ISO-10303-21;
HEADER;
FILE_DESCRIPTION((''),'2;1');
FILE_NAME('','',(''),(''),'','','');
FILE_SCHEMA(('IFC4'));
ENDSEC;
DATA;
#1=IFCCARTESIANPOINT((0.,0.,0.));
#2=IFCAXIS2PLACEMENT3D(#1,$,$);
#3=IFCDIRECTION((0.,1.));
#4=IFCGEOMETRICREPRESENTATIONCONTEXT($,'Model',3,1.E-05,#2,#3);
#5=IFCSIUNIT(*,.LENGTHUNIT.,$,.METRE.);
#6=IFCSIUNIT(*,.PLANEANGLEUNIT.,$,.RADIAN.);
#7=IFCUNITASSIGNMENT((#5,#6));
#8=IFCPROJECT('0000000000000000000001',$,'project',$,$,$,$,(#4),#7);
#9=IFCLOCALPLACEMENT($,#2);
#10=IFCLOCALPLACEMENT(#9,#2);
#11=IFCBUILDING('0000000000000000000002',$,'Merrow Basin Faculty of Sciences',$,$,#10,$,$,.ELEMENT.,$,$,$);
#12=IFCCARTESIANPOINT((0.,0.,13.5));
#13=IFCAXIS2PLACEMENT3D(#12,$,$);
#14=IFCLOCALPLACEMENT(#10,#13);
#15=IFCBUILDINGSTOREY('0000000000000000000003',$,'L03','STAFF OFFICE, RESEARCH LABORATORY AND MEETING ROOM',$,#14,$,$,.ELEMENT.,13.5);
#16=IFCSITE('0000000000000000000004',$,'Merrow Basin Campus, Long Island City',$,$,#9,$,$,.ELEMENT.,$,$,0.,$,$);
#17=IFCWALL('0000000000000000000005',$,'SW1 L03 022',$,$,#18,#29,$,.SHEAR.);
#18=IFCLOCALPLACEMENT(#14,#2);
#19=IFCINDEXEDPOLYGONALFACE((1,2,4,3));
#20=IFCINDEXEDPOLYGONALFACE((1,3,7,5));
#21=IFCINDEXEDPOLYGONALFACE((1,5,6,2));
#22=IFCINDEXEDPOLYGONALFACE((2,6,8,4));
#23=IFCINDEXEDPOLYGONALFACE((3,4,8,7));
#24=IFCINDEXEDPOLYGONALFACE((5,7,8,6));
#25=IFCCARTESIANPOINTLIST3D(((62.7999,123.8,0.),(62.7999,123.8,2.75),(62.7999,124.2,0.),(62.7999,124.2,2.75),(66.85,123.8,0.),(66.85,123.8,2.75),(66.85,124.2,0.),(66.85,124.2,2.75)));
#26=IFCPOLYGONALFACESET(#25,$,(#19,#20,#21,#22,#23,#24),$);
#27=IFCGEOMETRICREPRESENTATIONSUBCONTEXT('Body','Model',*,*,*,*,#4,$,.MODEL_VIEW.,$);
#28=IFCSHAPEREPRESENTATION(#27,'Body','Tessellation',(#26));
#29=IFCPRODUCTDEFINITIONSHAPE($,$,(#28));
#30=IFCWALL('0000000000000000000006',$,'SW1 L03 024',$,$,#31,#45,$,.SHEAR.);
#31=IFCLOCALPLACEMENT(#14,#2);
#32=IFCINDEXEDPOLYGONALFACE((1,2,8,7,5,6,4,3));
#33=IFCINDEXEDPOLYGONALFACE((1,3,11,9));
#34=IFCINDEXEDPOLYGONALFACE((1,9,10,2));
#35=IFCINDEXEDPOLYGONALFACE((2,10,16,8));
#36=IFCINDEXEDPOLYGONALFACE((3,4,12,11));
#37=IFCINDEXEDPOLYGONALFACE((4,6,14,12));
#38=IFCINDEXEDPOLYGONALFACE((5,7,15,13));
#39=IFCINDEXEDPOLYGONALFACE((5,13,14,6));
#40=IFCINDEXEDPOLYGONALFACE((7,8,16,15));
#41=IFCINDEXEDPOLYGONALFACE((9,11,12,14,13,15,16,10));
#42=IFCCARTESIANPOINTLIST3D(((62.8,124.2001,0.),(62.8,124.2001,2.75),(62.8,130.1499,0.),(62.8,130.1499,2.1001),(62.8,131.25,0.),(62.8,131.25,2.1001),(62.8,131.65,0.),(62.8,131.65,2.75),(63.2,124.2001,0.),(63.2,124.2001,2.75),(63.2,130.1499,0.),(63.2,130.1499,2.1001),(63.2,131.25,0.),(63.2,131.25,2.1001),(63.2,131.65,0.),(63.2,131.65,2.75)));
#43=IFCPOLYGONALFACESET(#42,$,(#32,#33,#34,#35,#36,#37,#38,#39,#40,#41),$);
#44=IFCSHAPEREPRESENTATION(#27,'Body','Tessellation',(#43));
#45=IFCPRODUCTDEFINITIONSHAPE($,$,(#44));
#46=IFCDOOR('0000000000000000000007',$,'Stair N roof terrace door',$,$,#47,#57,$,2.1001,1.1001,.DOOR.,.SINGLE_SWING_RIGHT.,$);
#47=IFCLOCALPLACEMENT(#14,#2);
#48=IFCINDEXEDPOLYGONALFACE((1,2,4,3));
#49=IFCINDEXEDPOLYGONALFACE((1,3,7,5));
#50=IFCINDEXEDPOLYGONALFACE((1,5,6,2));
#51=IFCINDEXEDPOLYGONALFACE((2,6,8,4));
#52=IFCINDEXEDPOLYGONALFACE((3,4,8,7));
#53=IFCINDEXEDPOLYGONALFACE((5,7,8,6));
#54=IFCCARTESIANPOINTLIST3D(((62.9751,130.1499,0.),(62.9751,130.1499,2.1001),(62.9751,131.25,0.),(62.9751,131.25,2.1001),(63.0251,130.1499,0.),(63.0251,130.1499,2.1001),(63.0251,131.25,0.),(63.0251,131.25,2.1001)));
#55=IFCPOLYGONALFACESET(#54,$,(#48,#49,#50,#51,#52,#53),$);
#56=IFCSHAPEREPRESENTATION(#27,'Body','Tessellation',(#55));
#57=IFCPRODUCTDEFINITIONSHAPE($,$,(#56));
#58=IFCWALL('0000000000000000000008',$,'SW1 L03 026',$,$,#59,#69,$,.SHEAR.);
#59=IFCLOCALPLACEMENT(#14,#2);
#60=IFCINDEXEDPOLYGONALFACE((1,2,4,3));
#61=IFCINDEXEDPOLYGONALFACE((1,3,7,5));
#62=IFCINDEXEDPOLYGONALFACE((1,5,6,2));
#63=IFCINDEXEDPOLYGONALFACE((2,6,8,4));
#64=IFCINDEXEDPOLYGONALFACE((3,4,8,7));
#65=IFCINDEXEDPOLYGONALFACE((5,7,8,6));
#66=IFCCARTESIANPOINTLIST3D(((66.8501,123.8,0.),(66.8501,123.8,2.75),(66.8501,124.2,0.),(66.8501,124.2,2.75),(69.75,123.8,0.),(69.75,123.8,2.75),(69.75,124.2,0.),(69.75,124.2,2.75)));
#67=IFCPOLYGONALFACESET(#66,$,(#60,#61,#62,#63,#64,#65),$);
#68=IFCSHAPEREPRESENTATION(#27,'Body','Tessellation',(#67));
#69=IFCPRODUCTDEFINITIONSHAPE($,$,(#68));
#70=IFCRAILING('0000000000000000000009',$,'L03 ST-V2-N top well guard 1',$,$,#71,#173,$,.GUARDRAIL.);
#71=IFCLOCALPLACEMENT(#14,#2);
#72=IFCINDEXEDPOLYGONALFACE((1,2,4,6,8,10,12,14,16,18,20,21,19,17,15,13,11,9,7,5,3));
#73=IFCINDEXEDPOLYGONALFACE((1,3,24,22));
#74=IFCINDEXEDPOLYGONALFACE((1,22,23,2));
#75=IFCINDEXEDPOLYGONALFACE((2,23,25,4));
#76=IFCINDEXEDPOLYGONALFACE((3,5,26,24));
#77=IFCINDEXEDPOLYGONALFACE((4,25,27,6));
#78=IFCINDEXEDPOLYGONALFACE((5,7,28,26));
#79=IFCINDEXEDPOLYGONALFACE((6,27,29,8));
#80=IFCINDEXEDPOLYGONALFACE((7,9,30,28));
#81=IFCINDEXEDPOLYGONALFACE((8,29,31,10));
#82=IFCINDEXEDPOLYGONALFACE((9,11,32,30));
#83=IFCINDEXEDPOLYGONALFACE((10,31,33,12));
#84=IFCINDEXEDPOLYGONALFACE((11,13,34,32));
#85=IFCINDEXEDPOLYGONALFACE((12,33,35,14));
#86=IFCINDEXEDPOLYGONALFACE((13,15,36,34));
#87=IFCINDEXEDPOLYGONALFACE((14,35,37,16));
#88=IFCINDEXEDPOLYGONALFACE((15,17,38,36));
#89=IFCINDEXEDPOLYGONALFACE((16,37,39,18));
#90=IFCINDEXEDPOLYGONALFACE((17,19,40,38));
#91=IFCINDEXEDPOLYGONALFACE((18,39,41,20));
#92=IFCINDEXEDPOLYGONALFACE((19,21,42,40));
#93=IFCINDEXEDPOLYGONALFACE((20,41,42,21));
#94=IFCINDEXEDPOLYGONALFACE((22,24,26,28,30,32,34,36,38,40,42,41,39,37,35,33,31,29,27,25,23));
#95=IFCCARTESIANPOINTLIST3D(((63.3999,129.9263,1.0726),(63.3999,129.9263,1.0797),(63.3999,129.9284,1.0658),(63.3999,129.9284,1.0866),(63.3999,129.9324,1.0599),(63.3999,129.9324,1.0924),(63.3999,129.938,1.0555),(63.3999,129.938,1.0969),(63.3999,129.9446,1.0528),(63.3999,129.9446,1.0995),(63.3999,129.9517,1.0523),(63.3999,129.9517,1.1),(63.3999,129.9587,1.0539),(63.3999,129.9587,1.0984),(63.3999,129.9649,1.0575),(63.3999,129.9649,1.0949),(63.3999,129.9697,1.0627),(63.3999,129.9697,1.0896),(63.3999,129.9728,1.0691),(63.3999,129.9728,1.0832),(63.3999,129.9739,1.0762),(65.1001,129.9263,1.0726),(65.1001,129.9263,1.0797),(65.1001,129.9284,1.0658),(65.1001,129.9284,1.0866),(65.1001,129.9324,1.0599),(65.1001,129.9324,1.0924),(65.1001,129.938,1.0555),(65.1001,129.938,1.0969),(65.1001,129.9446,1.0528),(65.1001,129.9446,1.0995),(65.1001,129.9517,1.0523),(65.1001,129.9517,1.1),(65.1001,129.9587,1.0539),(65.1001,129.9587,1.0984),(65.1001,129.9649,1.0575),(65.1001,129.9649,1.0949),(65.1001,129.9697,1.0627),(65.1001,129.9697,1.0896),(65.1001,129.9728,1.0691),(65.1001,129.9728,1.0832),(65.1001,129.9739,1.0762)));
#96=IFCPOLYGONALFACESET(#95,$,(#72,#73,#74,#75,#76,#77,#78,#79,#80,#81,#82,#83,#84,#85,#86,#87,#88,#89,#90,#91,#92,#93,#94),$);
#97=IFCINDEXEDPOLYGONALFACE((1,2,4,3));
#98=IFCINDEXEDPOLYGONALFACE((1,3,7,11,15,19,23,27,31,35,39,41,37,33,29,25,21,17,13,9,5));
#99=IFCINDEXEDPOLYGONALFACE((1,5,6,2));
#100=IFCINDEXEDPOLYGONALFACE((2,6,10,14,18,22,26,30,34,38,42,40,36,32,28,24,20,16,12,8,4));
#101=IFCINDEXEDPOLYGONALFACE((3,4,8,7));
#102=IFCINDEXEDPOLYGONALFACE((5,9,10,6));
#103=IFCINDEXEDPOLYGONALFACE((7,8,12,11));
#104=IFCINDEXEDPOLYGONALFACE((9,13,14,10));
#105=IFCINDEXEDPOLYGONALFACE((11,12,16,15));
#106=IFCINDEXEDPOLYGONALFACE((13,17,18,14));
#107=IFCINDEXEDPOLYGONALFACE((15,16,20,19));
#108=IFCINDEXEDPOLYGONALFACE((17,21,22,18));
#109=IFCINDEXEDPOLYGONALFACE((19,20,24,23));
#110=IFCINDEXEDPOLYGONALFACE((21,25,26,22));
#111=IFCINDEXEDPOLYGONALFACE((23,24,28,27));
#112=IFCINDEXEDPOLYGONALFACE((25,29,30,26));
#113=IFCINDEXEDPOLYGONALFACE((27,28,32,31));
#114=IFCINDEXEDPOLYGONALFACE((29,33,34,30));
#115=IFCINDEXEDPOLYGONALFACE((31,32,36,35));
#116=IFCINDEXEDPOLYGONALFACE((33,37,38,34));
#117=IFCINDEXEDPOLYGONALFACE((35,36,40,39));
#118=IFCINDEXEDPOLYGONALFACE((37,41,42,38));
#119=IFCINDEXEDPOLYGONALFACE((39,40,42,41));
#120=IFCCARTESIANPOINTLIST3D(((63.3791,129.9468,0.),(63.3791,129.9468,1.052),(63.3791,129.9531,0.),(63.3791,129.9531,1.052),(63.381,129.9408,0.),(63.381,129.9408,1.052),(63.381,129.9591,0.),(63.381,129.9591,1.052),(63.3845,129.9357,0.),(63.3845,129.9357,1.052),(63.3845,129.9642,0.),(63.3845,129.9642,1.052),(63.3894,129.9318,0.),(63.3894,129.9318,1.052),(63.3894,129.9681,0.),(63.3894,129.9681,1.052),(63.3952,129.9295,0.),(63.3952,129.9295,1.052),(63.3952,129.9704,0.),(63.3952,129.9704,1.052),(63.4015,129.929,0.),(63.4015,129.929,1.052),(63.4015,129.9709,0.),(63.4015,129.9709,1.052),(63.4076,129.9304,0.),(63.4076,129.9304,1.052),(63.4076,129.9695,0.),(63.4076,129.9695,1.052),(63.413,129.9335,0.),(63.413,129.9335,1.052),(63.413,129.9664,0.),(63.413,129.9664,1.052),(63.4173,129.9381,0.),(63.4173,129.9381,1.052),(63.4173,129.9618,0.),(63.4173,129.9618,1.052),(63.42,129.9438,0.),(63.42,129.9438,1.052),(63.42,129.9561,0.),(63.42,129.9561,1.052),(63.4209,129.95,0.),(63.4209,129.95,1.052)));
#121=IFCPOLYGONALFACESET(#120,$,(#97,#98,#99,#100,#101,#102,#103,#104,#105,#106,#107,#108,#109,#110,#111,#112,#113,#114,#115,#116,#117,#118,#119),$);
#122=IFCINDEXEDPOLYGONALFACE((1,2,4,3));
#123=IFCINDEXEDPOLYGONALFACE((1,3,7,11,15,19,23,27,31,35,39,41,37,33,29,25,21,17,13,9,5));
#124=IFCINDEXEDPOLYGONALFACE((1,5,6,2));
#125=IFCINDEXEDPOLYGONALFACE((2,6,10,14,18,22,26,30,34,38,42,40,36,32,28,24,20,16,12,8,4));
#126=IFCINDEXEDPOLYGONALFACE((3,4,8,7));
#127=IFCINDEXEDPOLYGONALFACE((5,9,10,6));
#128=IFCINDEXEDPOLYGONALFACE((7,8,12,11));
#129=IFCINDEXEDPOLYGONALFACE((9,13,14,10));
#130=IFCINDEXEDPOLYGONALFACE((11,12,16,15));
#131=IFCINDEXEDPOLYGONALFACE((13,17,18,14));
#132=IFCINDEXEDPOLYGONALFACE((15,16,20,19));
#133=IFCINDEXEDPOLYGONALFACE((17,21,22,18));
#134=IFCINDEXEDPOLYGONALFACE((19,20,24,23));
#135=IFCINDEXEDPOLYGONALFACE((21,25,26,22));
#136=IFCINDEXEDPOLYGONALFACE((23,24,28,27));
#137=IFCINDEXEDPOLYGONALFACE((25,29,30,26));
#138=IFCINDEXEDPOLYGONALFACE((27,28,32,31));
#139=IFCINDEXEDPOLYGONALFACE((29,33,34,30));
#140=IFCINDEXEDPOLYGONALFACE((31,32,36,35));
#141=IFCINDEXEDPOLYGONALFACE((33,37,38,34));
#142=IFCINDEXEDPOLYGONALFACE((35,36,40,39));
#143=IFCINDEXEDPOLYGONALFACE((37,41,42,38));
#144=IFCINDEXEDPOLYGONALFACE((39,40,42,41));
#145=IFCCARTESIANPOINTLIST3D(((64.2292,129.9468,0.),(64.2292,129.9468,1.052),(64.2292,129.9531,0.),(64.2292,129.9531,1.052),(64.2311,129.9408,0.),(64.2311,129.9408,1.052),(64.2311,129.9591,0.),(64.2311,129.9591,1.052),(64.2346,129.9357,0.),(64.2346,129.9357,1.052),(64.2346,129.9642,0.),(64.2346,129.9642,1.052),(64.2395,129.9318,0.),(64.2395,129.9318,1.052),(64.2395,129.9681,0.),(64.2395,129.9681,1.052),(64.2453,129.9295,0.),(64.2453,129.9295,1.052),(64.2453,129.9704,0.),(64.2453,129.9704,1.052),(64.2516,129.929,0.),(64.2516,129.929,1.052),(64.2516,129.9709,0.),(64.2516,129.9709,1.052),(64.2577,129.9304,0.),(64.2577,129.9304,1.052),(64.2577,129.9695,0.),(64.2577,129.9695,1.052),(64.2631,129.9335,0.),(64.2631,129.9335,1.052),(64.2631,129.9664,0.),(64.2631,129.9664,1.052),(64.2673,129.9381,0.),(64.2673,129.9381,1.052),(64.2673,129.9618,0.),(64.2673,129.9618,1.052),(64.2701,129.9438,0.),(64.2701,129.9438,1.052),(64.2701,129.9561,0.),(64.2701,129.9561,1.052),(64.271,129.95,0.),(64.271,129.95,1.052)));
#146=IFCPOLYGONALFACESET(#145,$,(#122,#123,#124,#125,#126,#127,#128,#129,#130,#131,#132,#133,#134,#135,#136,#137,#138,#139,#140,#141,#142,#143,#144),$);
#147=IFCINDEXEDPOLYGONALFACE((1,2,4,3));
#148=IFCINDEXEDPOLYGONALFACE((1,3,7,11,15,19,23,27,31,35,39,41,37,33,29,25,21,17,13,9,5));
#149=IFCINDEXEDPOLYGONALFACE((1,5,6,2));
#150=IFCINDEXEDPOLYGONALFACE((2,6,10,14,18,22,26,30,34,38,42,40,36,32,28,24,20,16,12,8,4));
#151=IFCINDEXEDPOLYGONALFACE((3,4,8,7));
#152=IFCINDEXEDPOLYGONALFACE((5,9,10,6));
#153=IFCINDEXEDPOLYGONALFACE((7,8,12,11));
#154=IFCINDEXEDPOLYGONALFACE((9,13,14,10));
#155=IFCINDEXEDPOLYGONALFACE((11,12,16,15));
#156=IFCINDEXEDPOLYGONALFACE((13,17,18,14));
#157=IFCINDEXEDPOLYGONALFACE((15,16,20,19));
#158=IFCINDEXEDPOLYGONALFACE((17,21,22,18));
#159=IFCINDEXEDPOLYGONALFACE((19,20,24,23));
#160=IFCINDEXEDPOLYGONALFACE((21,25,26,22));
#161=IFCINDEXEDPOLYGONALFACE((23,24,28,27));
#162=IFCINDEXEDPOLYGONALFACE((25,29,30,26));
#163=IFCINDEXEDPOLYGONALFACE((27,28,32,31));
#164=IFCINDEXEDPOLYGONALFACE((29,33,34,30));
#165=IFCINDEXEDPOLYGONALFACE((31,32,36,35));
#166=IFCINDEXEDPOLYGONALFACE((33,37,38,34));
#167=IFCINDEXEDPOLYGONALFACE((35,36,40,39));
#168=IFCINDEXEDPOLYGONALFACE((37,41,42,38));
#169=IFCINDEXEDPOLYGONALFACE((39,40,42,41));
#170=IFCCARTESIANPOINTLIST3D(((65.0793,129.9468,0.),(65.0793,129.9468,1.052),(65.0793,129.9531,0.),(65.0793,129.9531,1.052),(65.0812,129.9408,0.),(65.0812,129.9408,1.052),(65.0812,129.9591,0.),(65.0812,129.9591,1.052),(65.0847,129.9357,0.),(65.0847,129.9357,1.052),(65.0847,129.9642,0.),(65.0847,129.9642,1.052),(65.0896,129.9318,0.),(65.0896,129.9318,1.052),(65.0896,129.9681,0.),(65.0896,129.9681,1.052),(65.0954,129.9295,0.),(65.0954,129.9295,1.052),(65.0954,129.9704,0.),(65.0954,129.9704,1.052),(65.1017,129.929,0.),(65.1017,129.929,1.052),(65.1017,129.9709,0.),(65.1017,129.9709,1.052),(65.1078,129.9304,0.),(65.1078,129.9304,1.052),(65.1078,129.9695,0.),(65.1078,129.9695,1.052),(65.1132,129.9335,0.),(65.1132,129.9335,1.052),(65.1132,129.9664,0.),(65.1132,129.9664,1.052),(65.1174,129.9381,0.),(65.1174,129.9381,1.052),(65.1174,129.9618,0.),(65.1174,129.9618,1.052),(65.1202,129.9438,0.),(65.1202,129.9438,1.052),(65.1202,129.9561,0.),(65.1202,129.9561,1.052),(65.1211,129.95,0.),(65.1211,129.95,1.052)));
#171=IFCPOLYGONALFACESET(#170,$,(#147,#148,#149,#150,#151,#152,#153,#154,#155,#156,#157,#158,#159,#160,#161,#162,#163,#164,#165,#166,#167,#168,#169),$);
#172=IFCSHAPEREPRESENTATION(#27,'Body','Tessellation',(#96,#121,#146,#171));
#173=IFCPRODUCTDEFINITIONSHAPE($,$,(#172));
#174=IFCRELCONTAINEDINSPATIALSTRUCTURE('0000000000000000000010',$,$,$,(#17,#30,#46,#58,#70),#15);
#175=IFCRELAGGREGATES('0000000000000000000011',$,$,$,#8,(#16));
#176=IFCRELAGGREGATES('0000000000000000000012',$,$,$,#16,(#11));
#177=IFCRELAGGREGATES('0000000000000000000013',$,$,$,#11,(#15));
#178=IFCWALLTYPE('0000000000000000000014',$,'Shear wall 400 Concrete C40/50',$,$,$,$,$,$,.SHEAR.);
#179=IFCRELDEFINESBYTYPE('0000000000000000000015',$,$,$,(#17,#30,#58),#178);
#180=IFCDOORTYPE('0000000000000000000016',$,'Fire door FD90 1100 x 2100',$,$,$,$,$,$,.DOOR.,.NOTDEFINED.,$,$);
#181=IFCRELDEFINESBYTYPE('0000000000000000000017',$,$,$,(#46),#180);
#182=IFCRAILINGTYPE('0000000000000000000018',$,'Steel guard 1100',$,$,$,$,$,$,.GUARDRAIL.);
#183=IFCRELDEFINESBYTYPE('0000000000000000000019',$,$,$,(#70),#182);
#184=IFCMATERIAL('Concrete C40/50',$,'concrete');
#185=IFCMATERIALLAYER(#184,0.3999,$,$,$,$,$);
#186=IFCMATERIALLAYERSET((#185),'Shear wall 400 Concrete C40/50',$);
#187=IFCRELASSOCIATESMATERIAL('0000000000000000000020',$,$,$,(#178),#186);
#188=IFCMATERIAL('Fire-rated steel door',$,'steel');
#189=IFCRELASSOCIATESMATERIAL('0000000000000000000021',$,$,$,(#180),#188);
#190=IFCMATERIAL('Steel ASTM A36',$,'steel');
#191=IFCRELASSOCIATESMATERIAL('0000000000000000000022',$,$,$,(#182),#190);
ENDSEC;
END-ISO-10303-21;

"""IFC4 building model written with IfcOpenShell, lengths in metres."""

from ifc_helpers import new_model, si_unit, direction, frame, frame_2d, origin, origin_2d, place, context, subcontext, project, spatial, rectangle, circle, extrude, material, layer, layer_set, type_object, element, fill, save


model = new_model("IFC4")

# Units and contexts
model_context = context("Model", 3, precision=1e-05, world=origin(), true_north=direction((0.0, 1.0)))
body_context = subcontext(model_context, "Body", "Model", "MODEL_VIEW")
ifc_project = project(units=[si_unit("LENGTHUNIT", "METRE"), si_unit("PLANEANGLEUNIT", "RADIAN")], contexts=[model_context])

# Site, building, storey
site_placement = place(None, origin())
site = spatial("IfcSite", under=ifc_project, at=site_placement, Name="Merrow Basin Campus, Long Island City", CompositionType="ELEMENT", RefElevation=0.0)
building_placement = place(site_placement, origin())
building = spatial("IfcBuilding", under=site, at=building_placement, Name="Merrow Basin Faculty of Sciences", CompositionType="ELEMENT")
storey_placement = place(building_placement, frame((0.0, 0.0, 13.5)))
storey = spatial("IfcBuildingStorey", under=building, at=storey_placement, Name="L03", Description="STAFF OFFICE, RESEARCH LABORATORY AND MEETING ROOM", CompositionType="ELEMENT", Elevation=13.5)

# Wall
ifc_material_1 = material(Name="Concrete C40/50", Category="concrete")
ifc_layer_1 = layer(ifc_material_1, 0.3999)
ifc_layer_set_1 = layer_set([ifc_layer_1], Name="Shear wall 400 Concrete C40/50")
wall_type_1 = type_object("IfcWallType", Name="Shear wall 400 Concrete C40/50", PredefinedType="SHEAR", material=ifc_layer_set_1)
wall_1_placement = place(storey_placement, frame((62.8, 124.0, 0.0), z_axis=(0.0, 0.0, 1.0), x_axis=(1.0, 0.0, 0.0)))
element("IfcWall", 1, at=wall_1_placement, inside=storey, type_object=wall_type_1, Name="SW1 L03 022", PredefinedType="SHEAR", context=body_context, shape_type="SweptSolid", body=[
    extrude(rectangle(XDim=4.05, YDim=0.3999, at=frame_2d((2.0249, 0.0))), origin(), (0.0, 0.0, 1.0), 2.75),
])

# Wall, opening, door
wall_2_placement = place(storey_placement, frame((63.0, 124.2, 0.0), z_axis=(0.0, 0.0, 1.0), x_axis=(0.0, 1.0, 0.0)))
wall_2 = element("IfcWall", 2, at=wall_2_placement, inside=storey, type_object=wall_type_1, Name="SW1 L03 024", PredefinedType="SHEAR", context=body_context, shape_type="SweptSolid", body=[
    extrude(rectangle(XDim=7.45, YDim=0.3999, at=frame_2d((3.7251, 0.0))), origin(), (0.0, 0.0, 1.0), 2.75),
])
opening_1_placement = place(wall_2_placement, frame((5.95, 0.0, 0.0)))
opening_1 = element("IfcOpeningElement", 3, at=opening_1_placement, cuts=wall_2, PredefinedType="OPENING", context=body_context, shape_type="SweptSolid", body=[
    extrude(rectangle(XDim=1.1001, YDim=2.1001, at=frame_2d((0.55, 1.05))), frame((0.0, 0.21, 0.0), z_axis=(0.0, -1.0, 0.0), x_axis=(1.0, 0.0, 0.0)), (0.0, 0.0, 1.0), 0.4199),
])
ifc_material_2 = material(Name="Fire-rated steel door", Category="steel")
door_type_1 = type_object("IfcDoorType", Name="Fire door FD90 1100 x 2100", OperationType="NOTDEFINED", PredefinedType="DOOR", material=ifc_material_2)
door_1_placement = place(opening_1_placement, origin())
door_1 = element("IfcDoor", 4, at=door_1_placement, inside=storey, type_object=door_type_1, Name="Stair N roof terrace door", OperationType="SINGLE_SWING_RIGHT", OverallHeight=2.1001, OverallWidth=1.1001, PredefinedType="DOOR", context=body_context, shape_type="SweptSolid", body=[
    extrude(rectangle(XDim=1.1001, YDim=2.1001, at=frame_2d((0.55, 1.05))), frame((0.0, 0.0249, 0.0), z_axis=(0.0, -1.0, 0.0), x_axis=(1.0, 0.0, 0.0)), (0.0, 0.0, 1.0), 0.05),
])
fill(opening_1, door_1)

# Wall
wall_3_placement = place(storey_placement, frame((66.8501, 124.0, 0.0), z_axis=(0.0, 0.0, 1.0), x_axis=(1.0, 0.0, 0.0)))
element("IfcWall", 5, at=wall_3_placement, inside=storey, type_object=wall_type_1, Name="SW1 L03 026", PredefinedType="SHEAR", context=body_context, shape_type="SweptSolid", body=[
    extrude(rectangle(XDim=2.8999, YDim=0.3999, at=frame_2d((1.45, 0.0))), origin(), (0.0, 0.0, 1.0), 2.75),
])

# Railing
ifc_material_3 = material(Name="Steel ASTM A36", Category="steel")
railing_type_1 = type_object("IfcRailingType", Name="Steel guard 1100", PredefinedType="GUARDRAIL", material=ifc_material_3)
railing_1_placement = place(storey_placement, frame((63.3999, 129.95, 0.0)))
element("IfcRailing", 6, at=railing_1_placement, inside=storey, type_object=railing_type_1, Name="L03 ST-V2-N top well guard 1", PredefinedType="GUARDRAIL", context=body_context, shape_type="SweptSolid", body=[
    extrude(circle(Radius=0.0239, at=origin_2d()), frame((0.0, 0.0, 1.0762), z_axis=(1.0, 0.0, 0.0), x_axis=(0.0, 1.0, 0.0)), (0.0, 0.0, 1.0), 1.7002),
    extrude(circle(Radius=0.021, at=origin_2d()), origin(), (0.0, 0.0, 1.0), 1.052),
    extrude(circle(Radius=0.021, at=origin_2d()), frame((0.8501, 0.0, 0.0)), (0.0, 0.0, 1.0), 1.052),
    extrude(circle(Radius=0.021, at=origin_2d()), frame((1.7002, 0.0, 0.0)), (0.0, 0.0, 1.0), 1.052),
])

save(model, "model.ifc")
